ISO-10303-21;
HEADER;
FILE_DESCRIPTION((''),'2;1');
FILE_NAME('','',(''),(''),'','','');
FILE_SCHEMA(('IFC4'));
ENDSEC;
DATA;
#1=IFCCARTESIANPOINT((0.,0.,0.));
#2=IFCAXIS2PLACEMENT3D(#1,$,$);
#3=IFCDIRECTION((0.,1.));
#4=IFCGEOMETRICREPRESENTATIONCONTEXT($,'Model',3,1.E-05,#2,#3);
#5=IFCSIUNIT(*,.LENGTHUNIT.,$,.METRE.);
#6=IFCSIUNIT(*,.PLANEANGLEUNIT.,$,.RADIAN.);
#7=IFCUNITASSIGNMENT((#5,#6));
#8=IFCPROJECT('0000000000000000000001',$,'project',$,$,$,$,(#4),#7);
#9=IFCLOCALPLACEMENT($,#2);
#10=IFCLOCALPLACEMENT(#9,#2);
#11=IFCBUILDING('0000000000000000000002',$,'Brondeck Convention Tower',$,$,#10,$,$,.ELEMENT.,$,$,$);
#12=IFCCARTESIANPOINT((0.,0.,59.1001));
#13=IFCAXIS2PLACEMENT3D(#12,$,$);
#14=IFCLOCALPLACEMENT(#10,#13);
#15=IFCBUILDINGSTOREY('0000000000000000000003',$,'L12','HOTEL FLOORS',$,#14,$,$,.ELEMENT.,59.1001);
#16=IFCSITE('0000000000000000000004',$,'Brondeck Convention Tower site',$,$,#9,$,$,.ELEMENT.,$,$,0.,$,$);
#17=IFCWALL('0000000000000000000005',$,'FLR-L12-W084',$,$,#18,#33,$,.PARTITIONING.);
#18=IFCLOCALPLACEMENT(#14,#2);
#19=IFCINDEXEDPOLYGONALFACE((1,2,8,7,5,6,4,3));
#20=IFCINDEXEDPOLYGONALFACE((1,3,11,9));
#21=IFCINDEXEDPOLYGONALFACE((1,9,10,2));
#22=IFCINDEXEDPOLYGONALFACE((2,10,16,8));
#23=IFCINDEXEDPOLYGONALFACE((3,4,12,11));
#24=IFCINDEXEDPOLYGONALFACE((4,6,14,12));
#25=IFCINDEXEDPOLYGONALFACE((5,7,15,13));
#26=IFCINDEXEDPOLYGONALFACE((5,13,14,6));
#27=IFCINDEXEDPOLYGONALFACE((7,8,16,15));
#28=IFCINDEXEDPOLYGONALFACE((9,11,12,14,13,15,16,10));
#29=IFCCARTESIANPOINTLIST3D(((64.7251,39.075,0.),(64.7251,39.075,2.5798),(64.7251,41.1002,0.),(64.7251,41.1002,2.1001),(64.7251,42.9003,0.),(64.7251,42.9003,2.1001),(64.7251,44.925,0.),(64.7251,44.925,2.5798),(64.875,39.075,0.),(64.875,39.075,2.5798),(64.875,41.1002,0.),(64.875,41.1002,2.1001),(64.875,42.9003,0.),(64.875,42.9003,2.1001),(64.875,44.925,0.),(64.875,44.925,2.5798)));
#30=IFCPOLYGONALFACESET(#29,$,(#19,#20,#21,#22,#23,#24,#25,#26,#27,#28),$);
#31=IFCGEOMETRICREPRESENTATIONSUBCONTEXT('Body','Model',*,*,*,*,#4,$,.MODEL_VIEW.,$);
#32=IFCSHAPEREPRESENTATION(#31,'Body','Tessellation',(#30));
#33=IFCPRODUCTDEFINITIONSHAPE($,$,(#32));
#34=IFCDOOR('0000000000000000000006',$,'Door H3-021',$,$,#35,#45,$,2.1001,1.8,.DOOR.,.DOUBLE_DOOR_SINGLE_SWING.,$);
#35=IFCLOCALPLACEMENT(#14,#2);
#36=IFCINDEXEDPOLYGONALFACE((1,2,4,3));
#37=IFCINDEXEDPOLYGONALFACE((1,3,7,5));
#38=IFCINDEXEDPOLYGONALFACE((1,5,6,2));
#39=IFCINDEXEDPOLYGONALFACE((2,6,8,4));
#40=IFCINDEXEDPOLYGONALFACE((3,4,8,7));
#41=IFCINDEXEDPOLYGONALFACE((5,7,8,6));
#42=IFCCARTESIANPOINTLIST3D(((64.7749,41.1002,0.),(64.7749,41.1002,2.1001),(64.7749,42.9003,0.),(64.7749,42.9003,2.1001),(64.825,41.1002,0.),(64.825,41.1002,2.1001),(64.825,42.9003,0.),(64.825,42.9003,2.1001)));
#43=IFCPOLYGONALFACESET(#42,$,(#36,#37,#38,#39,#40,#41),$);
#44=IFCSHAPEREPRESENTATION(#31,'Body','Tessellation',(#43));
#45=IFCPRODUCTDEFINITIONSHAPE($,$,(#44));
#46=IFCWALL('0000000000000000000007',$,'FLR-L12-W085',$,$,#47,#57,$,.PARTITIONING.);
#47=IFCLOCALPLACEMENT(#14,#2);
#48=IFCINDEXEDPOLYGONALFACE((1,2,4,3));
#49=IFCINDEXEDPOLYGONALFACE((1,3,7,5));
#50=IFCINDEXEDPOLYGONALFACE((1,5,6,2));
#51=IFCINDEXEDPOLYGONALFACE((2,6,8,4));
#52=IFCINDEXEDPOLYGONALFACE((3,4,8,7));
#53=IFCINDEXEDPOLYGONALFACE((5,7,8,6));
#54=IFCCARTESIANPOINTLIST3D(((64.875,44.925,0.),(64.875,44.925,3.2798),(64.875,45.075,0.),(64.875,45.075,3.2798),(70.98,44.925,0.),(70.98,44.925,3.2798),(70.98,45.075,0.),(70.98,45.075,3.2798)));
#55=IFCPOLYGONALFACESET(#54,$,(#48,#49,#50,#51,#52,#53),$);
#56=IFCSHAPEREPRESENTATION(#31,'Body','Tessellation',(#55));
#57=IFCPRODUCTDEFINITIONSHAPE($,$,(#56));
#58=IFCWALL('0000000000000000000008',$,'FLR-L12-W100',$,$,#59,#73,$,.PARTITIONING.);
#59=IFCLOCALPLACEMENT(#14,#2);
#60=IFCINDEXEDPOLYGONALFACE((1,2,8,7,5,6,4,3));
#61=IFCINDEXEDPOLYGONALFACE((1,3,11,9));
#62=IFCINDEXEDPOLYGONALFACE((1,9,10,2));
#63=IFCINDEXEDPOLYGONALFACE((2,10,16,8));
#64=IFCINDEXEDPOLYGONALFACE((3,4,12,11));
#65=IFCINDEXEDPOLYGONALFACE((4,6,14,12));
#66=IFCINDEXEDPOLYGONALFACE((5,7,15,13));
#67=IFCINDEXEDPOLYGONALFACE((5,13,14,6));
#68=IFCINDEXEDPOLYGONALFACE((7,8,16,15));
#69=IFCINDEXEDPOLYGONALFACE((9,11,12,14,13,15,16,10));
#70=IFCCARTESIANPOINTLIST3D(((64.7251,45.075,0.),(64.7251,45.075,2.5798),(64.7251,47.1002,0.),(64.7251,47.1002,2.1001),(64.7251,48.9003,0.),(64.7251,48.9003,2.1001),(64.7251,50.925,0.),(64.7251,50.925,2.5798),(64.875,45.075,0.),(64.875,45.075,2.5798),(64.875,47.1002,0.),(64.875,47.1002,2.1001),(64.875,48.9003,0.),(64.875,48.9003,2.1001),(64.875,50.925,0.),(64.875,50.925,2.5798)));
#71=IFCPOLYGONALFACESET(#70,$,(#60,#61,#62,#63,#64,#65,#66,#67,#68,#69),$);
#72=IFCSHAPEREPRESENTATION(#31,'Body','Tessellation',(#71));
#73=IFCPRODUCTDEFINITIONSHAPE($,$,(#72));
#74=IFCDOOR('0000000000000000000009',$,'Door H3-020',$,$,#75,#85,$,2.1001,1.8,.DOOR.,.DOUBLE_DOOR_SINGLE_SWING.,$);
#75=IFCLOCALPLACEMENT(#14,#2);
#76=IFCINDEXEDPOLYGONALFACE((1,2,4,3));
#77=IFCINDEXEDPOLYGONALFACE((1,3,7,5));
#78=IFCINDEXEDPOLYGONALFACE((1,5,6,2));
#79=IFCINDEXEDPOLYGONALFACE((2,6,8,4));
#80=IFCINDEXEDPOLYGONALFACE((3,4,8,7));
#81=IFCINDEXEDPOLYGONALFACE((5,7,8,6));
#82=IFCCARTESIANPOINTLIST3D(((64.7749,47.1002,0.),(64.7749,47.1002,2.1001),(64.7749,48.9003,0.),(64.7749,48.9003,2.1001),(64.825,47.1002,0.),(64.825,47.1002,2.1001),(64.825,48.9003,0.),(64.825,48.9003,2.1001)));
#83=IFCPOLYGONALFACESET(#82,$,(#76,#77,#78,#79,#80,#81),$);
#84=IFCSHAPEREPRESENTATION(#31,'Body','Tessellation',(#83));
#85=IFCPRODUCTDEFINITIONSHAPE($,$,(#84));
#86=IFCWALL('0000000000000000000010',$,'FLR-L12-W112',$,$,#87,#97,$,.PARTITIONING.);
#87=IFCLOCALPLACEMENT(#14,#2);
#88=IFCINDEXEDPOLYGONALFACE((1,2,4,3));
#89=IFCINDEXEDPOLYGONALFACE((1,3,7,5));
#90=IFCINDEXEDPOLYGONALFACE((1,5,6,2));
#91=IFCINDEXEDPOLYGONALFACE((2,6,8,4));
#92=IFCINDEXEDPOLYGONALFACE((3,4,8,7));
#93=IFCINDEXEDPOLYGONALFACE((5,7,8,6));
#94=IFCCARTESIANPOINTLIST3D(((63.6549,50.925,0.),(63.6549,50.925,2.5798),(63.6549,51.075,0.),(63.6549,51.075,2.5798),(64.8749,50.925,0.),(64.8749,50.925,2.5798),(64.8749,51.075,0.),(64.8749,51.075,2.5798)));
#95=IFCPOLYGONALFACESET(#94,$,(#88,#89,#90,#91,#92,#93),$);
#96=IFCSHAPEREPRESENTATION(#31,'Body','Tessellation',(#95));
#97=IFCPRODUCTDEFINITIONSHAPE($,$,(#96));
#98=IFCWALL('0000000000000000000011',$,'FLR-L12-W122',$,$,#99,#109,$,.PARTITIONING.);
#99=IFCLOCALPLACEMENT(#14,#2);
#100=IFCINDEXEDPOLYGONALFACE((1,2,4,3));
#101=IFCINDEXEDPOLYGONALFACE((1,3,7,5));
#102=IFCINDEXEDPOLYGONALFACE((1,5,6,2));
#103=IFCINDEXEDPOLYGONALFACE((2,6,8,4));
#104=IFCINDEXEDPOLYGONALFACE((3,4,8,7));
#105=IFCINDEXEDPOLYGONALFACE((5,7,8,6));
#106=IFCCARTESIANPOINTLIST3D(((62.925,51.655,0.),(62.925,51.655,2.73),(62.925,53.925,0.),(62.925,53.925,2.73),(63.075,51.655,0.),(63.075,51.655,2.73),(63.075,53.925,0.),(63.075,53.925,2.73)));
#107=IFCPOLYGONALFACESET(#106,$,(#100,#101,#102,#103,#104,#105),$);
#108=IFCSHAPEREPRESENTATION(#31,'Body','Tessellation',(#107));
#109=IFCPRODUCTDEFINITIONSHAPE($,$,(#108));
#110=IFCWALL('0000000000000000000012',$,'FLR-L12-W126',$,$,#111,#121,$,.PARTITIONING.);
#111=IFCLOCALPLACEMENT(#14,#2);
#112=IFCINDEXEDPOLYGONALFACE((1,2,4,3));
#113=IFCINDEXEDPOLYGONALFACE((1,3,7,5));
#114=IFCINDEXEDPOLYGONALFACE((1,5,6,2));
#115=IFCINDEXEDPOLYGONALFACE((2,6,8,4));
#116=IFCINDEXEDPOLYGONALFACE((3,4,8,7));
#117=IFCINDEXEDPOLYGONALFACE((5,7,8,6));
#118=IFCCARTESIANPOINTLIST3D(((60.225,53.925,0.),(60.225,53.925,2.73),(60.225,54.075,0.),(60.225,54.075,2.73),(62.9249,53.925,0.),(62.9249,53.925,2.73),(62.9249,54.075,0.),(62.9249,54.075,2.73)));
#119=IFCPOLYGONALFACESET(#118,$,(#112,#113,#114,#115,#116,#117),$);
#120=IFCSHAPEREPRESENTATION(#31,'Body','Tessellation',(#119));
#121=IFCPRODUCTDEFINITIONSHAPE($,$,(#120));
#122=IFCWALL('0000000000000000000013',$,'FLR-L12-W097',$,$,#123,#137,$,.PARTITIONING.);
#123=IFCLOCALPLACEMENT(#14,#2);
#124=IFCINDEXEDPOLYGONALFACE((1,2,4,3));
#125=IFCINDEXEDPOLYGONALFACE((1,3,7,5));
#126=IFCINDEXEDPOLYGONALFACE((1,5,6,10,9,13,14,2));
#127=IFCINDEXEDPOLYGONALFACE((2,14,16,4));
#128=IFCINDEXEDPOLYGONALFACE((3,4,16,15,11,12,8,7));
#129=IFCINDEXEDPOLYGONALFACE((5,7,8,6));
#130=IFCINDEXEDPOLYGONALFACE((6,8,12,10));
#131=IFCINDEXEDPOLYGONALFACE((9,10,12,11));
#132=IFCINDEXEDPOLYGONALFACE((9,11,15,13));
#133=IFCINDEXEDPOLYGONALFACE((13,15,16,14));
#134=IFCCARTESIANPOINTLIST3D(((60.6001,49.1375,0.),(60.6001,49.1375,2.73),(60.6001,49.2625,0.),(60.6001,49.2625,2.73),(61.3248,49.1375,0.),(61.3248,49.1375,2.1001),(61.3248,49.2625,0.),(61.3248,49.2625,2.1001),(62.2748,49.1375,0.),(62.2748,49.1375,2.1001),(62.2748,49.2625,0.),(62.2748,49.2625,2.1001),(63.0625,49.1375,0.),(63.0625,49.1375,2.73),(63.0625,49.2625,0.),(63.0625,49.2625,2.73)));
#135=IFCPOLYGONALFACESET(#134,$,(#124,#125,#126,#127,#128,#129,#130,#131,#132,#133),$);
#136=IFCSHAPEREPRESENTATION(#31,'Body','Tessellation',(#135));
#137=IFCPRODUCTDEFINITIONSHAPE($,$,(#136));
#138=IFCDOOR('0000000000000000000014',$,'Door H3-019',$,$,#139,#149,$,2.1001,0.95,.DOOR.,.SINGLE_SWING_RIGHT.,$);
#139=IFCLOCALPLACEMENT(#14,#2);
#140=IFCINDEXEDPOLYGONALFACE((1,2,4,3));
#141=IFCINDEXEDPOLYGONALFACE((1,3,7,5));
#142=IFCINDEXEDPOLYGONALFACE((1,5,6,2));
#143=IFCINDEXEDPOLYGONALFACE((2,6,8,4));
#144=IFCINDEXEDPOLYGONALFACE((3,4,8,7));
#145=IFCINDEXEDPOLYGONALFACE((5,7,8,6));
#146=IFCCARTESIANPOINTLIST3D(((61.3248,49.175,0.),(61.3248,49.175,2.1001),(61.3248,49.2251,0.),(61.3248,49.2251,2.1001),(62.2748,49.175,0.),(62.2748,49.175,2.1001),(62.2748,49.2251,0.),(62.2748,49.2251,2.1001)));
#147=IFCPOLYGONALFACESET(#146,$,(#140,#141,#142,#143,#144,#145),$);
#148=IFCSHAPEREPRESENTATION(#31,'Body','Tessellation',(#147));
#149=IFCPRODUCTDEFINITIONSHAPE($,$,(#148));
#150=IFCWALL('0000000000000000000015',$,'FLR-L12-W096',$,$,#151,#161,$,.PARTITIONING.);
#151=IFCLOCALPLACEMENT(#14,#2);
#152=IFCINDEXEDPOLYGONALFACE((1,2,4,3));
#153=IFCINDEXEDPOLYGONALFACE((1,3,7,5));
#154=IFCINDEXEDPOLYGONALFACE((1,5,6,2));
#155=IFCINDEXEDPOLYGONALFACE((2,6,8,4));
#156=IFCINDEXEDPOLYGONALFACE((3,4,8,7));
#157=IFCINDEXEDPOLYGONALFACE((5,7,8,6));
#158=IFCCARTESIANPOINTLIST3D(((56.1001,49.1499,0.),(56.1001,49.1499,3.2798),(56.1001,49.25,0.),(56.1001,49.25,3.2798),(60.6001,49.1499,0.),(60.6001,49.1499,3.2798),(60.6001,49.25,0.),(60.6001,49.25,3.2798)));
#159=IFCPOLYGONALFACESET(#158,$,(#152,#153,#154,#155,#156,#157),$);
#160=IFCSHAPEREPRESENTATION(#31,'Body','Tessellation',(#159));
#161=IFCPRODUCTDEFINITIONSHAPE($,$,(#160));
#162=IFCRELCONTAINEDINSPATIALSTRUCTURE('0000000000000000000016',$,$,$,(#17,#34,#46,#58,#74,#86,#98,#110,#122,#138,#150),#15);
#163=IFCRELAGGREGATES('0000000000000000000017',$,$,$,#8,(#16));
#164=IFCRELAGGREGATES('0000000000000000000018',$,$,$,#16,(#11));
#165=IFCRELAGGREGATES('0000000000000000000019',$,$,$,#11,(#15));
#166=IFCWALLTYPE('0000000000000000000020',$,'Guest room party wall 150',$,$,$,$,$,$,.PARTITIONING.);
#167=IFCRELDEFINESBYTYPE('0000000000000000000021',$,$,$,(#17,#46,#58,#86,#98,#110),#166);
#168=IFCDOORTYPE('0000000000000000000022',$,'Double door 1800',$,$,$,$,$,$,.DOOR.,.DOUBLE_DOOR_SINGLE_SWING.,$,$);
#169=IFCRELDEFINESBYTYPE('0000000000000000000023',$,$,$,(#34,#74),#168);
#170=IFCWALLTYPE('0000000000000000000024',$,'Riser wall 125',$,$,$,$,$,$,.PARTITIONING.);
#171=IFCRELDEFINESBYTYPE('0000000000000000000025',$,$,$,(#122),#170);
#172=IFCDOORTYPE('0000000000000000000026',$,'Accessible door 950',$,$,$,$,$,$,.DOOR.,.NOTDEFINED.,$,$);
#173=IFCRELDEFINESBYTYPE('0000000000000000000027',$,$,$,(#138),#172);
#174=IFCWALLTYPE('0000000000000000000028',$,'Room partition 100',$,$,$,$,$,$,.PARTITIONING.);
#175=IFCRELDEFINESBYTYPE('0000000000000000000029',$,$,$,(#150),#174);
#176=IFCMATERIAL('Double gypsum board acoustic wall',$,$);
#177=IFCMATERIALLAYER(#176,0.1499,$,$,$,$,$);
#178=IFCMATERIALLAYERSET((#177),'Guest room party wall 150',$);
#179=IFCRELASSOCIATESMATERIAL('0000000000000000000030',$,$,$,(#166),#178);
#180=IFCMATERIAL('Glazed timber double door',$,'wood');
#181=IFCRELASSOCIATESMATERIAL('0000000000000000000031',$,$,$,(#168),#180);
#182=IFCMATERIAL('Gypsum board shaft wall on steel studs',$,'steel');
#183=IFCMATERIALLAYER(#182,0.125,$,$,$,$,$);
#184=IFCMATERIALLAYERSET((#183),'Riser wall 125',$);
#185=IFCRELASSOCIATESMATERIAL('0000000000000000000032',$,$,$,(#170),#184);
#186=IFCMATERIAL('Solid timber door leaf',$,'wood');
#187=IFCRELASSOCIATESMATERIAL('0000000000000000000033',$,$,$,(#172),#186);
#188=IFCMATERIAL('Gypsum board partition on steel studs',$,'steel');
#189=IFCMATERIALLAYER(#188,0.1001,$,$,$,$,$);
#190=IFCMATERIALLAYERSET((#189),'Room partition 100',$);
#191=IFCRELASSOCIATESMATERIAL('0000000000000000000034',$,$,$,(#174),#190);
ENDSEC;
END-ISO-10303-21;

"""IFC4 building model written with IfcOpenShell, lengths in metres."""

from ifc_helpers import new_model, si_unit, direction, frame, frame_2d, origin, place, context, subcontext, project, spatial, rectangle, extrude, material, layer, layer_set, type_object, element, fill, save


model = new_model("IFC4")

# Units and contexts
model_context = context("Model", 3, precision=1e-05, world=origin(), true_north=direction((0.0, 1.0)))
body_context = subcontext(model_context, "Body", "Model", "MODEL_VIEW")
ifc_project = project(units=[si_unit("LENGTHUNIT", "METRE"), si_unit("PLANEANGLEUNIT", "RADIAN")], contexts=[model_context])

# Site, building, storey
site_placement = place(None, origin())
site = spatial("IfcSite", under=ifc_project, at=site_placement, Name="Brondeck Convention Tower site", CompositionType="ELEMENT", RefElevation=0.0)
building_placement = place(site_placement, origin())
building = spatial("IfcBuilding", under=site, at=building_placement, Name="Brondeck Convention Tower", CompositionType="ELEMENT")
storey_placement = place(building_placement, frame((0.0, 0.0, 59.1001)))
storey = spatial("IfcBuildingStorey", under=building, at=storey_placement, Name="L12", Description="HOTEL FLOORS", CompositionType="ELEMENT", Elevation=59.1001)

# Wall, opening, door
ifc_material_1 = material(Name="Double gypsum board acoustic wall")
ifc_layer_1 = layer(ifc_material_1, 0.1499)
ifc_layer_set_1 = layer_set([ifc_layer_1], Name="Guest room party wall 150")
wall_type_1 = type_object("IfcWallType", Name="Guest room party wall 150", PredefinedType="PARTITIONING", material=ifc_layer_set_1)
wall_1_placement = place(storey_placement, frame((64.8, 44.925, 0.0), z_axis=(0.0, 0.0, 1.0), x_axis=(0.0, -1.0, 0.0)))
wall_1 = element("IfcWall", 1, at=wall_1_placement, inside=storey, type_object=wall_type_1, Name="FLR-L12-W084", PredefinedType="PARTITIONING", context=body_context, shape_type="SweptSolid", body=[
    extrude(rectangle(XDim=5.8501, YDim=0.1499, at=frame_2d((2.925, 0.0))), origin(), (0.0, 0.0, 1.0), 2.5798),
])
opening_1_placement = place(wall_1_placement, frame((2.0249, 0.0, 0.0)))
opening_1 = element("IfcOpeningElement", 2, at=opening_1_placement, cuts=wall_1, PredefinedType="OPENING", context=body_context, shape_type="SweptSolid", body=[
    extrude(rectangle(XDim=1.8, YDim=2.1001, at=frame_2d((0.8999, 1.05))), frame((0.0, 0.085, 0.0), z_axis=(0.0, -1.0, 0.0), x_axis=(1.0, 0.0, 0.0)), (0.0, 0.0, 1.0), 0.1699),
])
ifc_material_2 = material(Name="Glazed timber double door", Category="wood")
door_type_1 = type_object("IfcDoorType", Name="Double door 1800", OperationType="DOUBLE_DOOR_SINGLE_SWING", PredefinedType="DOOR", material=ifc_material_2)
door_1_placement = place(opening_1_placement, origin())
door_1 = element("IfcDoor", 3, at=door_1_placement, inside=storey, type_object=door_type_1, Name="Door H3-021", OperationType="DOUBLE_DOOR_SINGLE_SWING", OverallHeight=2.1001, OverallWidth=1.8, PredefinedType="DOOR", context=body_context, shape_type="SweptSolid", body=[
    extrude(rectangle(XDim=1.8, YDim=2.1001, at=frame_2d((0.8999, 1.05))), frame((0.0, 0.0249, 0.0), z_axis=(0.0, -1.0, 0.0), x_axis=(1.0, 0.0, 0.0)), (0.0, 0.0, 1.0), 0.05),
])
fill(opening_1, door_1)

# Wall
wall_2_placement = place(storey_placement, frame((70.98, 45.0, 0.0), z_axis=(0.0, 0.0, 1.0), x_axis=(-1.0, 0.0, 0.0)))
element("IfcWall", 4, at=wall_2_placement, inside=storey, type_object=wall_type_1, Name="FLR-L12-W085", PredefinedType="PARTITIONING", context=body_context, shape_type="SweptSolid", body=[
    extrude(rectangle(XDim=6.105, YDim=0.1499, at=frame_2d((3.0525, 0.0))), origin(), (0.0, 0.0, 1.0), 3.2798),
])

# Wall, opening, door
wall_3_placement = place(storey_placement, frame((64.8, 50.925, 0.0), z_axis=(0.0, 0.0, 1.0), x_axis=(0.0, -1.0, 0.0)))
wall_3 = element("IfcWall", 5, at=wall_3_placement, inside=storey, type_object=wall_type_1, Name="FLR-L12-W100", PredefinedType="PARTITIONING", context=body_context, shape_type="SweptSolid", body=[
    extrude(rectangle(XDim=5.8501, YDim=0.1499, at=frame_2d((2.925, 0.0))), origin(), (0.0, 0.0, 1.0), 2.5798),
])
opening_2_placement = place(wall_3_placement, frame((2.0249, 0.0, 0.0)))
opening_2 = element("IfcOpeningElement", 6, at=opening_2_placement, cuts=wall_3, PredefinedType="OPENING", context=body_context, shape_type="SweptSolid", body=[
    extrude(rectangle(XDim=1.8, YDim=2.1001, at=frame_2d((0.8999, 1.05))), frame((0.0, 0.085, 0.0), z_axis=(0.0, -1.0, 0.0), x_axis=(1.0, 0.0, 0.0)), (0.0, 0.0, 1.0), 0.1699),
])
door_2_placement = place(opening_2_placement, origin())
door_2 = element("IfcDoor", 7, at=door_2_placement, inside=storey, type_object=door_type_1, Name="Door H3-020", OperationType="DOUBLE_DOOR_SINGLE_SWING", OverallHeight=2.1001, OverallWidth=1.8, PredefinedType="DOOR", context=body_context, shape_type="SweptSolid", body=[
    extrude(rectangle(XDim=1.8, YDim=2.1001, at=frame_2d((0.8999, 1.05))), frame((0.0, 0.0249, 0.0), z_axis=(0.0, -1.0, 0.0), x_axis=(1.0, 0.0, 0.0)), (0.0, 0.0, 1.0), 0.05),
])
fill(opening_2, door_2)

# Walls
wall_4_placement = place(storey_placement, frame((63.655, 51.0, 0.0), z_axis=(0.0, 0.0, 1.0), x_axis=(1.0, 0.0, 0.0)))
element("IfcWall", 8, at=wall_4_placement, inside=storey, type_object=wall_type_1, Name="FLR-L12-W112", PredefinedType="PARTITIONING", context=body_context, shape_type="SweptSolid", body=[
    extrude(rectangle(XDim=1.22, YDim=0.1499, at=frame_2d((0.6099, 0.0))), origin(), (0.0, 0.0, 1.0), 2.5798),
])
wall_5_placement = place(storey_placement, frame((63.0, 53.925, 0.0), z_axis=(0.0, 0.0, 1.0), x_axis=(0.0, -1.0, 0.0)))
element("IfcWall", 9, at=wall_5_placement, inside=storey, type_object=wall_type_1, Name="FLR-L12-W122", PredefinedType="PARTITIONING", context=body_context, shape_type="SweptSolid", body=[
    extrude(rectangle(XDim=2.27, YDim=0.1499, at=frame_2d((1.135, 0.0))), origin(), (0.0, 0.0, 1.0), 2.73),
])
wall_6_placement = place(storey_placement, frame((62.925, 54.0, 0.0), z_axis=(0.0, 0.0, 1.0), x_axis=(-1.0, 0.0, 0.0)))
element("IfcWall", 10, at=wall_6_placement, inside=storey, type_object=wall_type_1, Name="FLR-L12-W126", PredefinedType="PARTITIONING", context=body_context, shape_type="SweptSolid", body=[
    extrude(rectangle(XDim=2.7, YDim=0.1499, at=frame_2d((1.3501, 0.0))), origin(), (0.0, 0.0, 1.0), 2.73),
])

# Wall, opening, door
ifc_material_3 = material(Name="Gypsum board shaft wall on steel studs", Category="steel")
ifc_layer_2 = layer(ifc_material_3, 0.125)
ifc_layer_set_2 = layer_set([ifc_layer_2], Name="Riser wall 125")
wall_type_2 = type_object("IfcWallType", Name="Riser wall 125", PredefinedType="PARTITIONING", material=ifc_layer_set_2)
wall_7_placement = place(storey_placement, frame((63.0625, 49.2, 0.0), z_axis=(0.0, 0.0, 1.0), x_axis=(-1.0, 0.0, 0.0)))
wall_7 = element("IfcWall", 11, at=wall_7_placement, inside=storey, type_object=wall_type_2, Name="FLR-L12-W097", PredefinedType="PARTITIONING", context=body_context, shape_type="SweptSolid", body=[
    extrude(rectangle(XDim=2.4624, YDim=0.125, at=frame_2d((1.2312, 0.0))), origin(), (0.0, 0.0, 1.0), 2.73),
])
opening_3_placement = place(wall_7_placement, frame((0.7876, 0.0, 0.0)))
opening_3 = element("IfcOpeningElement", 12, at=opening_3_placement, cuts=wall_7, PredefinedType="OPENING", context=body_context, shape_type="SweptSolid", body=[
    extrude(rectangle(XDim=0.95, YDim=2.1001, at=frame_2d((0.4751, 1.05))), frame((0.0, 0.0725, 0.0), z_axis=(0.0, -1.0, 0.0), x_axis=(1.0, 0.0, 0.0)), (0.0, 0.0, 1.0), 0.145),
])
ifc_material_4 = material(Name="Solid timber door leaf", Category="wood")
door_type_2 = type_object("IfcDoorType", Name="Accessible door 950", OperationType="NOTDEFINED", PredefinedType="DOOR", material=ifc_material_4)
door_3_placement = place(opening_3_placement, origin())
door_3 = element("IfcDoor", 13, at=door_3_placement, inside=storey, type_object=door_type_2, Name="Door H3-019", OperationType="SINGLE_SWING_RIGHT", OverallHeight=2.1001, OverallWidth=0.95, PredefinedType="DOOR", context=body_context, shape_type="SweptSolid", body=[
    extrude(rectangle(XDim=0.95, YDim=2.1001, at=frame_2d((0.4751, 1.05))), frame((0.0, 0.0249, 0.0), z_axis=(0.0, -1.0, 0.0), x_axis=(1.0, 0.0, 0.0)), (0.0, 0.0, 1.0), 0.05),
])
fill(opening_3, door_3)

# Wall
ifc_material_5 = material(Name="Gypsum board partition on steel studs", Category="steel")
ifc_layer_3 = layer(ifc_material_5, 0.1001)
ifc_layer_set_3 = layer_set([ifc_layer_3], Name="Room partition 100")
wall_type_3 = type_object("IfcWallType", Name="Room partition 100", PredefinedType="PARTITIONING", material=ifc_layer_set_3)
wall_8_placement = place(storey_placement, frame((60.6001, 49.2, 0.0), z_axis=(0.0, 0.0, 1.0), x_axis=(-1.0, 0.0, 0.0)))
element("IfcWall", 14, at=wall_8_placement, inside=storey, type_object=wall_type_3, Name="FLR-L12-W096", PredefinedType="PARTITIONING", context=body_context, shape_type="SweptSolid", body=[
    extrude(rectangle(XDim=4.5, YDim=0.1001, at=frame_2d((2.25, 0.0))), origin(), (0.0, 0.0, 1.0), 3.2798),
])

save(model, "model.ifc")
